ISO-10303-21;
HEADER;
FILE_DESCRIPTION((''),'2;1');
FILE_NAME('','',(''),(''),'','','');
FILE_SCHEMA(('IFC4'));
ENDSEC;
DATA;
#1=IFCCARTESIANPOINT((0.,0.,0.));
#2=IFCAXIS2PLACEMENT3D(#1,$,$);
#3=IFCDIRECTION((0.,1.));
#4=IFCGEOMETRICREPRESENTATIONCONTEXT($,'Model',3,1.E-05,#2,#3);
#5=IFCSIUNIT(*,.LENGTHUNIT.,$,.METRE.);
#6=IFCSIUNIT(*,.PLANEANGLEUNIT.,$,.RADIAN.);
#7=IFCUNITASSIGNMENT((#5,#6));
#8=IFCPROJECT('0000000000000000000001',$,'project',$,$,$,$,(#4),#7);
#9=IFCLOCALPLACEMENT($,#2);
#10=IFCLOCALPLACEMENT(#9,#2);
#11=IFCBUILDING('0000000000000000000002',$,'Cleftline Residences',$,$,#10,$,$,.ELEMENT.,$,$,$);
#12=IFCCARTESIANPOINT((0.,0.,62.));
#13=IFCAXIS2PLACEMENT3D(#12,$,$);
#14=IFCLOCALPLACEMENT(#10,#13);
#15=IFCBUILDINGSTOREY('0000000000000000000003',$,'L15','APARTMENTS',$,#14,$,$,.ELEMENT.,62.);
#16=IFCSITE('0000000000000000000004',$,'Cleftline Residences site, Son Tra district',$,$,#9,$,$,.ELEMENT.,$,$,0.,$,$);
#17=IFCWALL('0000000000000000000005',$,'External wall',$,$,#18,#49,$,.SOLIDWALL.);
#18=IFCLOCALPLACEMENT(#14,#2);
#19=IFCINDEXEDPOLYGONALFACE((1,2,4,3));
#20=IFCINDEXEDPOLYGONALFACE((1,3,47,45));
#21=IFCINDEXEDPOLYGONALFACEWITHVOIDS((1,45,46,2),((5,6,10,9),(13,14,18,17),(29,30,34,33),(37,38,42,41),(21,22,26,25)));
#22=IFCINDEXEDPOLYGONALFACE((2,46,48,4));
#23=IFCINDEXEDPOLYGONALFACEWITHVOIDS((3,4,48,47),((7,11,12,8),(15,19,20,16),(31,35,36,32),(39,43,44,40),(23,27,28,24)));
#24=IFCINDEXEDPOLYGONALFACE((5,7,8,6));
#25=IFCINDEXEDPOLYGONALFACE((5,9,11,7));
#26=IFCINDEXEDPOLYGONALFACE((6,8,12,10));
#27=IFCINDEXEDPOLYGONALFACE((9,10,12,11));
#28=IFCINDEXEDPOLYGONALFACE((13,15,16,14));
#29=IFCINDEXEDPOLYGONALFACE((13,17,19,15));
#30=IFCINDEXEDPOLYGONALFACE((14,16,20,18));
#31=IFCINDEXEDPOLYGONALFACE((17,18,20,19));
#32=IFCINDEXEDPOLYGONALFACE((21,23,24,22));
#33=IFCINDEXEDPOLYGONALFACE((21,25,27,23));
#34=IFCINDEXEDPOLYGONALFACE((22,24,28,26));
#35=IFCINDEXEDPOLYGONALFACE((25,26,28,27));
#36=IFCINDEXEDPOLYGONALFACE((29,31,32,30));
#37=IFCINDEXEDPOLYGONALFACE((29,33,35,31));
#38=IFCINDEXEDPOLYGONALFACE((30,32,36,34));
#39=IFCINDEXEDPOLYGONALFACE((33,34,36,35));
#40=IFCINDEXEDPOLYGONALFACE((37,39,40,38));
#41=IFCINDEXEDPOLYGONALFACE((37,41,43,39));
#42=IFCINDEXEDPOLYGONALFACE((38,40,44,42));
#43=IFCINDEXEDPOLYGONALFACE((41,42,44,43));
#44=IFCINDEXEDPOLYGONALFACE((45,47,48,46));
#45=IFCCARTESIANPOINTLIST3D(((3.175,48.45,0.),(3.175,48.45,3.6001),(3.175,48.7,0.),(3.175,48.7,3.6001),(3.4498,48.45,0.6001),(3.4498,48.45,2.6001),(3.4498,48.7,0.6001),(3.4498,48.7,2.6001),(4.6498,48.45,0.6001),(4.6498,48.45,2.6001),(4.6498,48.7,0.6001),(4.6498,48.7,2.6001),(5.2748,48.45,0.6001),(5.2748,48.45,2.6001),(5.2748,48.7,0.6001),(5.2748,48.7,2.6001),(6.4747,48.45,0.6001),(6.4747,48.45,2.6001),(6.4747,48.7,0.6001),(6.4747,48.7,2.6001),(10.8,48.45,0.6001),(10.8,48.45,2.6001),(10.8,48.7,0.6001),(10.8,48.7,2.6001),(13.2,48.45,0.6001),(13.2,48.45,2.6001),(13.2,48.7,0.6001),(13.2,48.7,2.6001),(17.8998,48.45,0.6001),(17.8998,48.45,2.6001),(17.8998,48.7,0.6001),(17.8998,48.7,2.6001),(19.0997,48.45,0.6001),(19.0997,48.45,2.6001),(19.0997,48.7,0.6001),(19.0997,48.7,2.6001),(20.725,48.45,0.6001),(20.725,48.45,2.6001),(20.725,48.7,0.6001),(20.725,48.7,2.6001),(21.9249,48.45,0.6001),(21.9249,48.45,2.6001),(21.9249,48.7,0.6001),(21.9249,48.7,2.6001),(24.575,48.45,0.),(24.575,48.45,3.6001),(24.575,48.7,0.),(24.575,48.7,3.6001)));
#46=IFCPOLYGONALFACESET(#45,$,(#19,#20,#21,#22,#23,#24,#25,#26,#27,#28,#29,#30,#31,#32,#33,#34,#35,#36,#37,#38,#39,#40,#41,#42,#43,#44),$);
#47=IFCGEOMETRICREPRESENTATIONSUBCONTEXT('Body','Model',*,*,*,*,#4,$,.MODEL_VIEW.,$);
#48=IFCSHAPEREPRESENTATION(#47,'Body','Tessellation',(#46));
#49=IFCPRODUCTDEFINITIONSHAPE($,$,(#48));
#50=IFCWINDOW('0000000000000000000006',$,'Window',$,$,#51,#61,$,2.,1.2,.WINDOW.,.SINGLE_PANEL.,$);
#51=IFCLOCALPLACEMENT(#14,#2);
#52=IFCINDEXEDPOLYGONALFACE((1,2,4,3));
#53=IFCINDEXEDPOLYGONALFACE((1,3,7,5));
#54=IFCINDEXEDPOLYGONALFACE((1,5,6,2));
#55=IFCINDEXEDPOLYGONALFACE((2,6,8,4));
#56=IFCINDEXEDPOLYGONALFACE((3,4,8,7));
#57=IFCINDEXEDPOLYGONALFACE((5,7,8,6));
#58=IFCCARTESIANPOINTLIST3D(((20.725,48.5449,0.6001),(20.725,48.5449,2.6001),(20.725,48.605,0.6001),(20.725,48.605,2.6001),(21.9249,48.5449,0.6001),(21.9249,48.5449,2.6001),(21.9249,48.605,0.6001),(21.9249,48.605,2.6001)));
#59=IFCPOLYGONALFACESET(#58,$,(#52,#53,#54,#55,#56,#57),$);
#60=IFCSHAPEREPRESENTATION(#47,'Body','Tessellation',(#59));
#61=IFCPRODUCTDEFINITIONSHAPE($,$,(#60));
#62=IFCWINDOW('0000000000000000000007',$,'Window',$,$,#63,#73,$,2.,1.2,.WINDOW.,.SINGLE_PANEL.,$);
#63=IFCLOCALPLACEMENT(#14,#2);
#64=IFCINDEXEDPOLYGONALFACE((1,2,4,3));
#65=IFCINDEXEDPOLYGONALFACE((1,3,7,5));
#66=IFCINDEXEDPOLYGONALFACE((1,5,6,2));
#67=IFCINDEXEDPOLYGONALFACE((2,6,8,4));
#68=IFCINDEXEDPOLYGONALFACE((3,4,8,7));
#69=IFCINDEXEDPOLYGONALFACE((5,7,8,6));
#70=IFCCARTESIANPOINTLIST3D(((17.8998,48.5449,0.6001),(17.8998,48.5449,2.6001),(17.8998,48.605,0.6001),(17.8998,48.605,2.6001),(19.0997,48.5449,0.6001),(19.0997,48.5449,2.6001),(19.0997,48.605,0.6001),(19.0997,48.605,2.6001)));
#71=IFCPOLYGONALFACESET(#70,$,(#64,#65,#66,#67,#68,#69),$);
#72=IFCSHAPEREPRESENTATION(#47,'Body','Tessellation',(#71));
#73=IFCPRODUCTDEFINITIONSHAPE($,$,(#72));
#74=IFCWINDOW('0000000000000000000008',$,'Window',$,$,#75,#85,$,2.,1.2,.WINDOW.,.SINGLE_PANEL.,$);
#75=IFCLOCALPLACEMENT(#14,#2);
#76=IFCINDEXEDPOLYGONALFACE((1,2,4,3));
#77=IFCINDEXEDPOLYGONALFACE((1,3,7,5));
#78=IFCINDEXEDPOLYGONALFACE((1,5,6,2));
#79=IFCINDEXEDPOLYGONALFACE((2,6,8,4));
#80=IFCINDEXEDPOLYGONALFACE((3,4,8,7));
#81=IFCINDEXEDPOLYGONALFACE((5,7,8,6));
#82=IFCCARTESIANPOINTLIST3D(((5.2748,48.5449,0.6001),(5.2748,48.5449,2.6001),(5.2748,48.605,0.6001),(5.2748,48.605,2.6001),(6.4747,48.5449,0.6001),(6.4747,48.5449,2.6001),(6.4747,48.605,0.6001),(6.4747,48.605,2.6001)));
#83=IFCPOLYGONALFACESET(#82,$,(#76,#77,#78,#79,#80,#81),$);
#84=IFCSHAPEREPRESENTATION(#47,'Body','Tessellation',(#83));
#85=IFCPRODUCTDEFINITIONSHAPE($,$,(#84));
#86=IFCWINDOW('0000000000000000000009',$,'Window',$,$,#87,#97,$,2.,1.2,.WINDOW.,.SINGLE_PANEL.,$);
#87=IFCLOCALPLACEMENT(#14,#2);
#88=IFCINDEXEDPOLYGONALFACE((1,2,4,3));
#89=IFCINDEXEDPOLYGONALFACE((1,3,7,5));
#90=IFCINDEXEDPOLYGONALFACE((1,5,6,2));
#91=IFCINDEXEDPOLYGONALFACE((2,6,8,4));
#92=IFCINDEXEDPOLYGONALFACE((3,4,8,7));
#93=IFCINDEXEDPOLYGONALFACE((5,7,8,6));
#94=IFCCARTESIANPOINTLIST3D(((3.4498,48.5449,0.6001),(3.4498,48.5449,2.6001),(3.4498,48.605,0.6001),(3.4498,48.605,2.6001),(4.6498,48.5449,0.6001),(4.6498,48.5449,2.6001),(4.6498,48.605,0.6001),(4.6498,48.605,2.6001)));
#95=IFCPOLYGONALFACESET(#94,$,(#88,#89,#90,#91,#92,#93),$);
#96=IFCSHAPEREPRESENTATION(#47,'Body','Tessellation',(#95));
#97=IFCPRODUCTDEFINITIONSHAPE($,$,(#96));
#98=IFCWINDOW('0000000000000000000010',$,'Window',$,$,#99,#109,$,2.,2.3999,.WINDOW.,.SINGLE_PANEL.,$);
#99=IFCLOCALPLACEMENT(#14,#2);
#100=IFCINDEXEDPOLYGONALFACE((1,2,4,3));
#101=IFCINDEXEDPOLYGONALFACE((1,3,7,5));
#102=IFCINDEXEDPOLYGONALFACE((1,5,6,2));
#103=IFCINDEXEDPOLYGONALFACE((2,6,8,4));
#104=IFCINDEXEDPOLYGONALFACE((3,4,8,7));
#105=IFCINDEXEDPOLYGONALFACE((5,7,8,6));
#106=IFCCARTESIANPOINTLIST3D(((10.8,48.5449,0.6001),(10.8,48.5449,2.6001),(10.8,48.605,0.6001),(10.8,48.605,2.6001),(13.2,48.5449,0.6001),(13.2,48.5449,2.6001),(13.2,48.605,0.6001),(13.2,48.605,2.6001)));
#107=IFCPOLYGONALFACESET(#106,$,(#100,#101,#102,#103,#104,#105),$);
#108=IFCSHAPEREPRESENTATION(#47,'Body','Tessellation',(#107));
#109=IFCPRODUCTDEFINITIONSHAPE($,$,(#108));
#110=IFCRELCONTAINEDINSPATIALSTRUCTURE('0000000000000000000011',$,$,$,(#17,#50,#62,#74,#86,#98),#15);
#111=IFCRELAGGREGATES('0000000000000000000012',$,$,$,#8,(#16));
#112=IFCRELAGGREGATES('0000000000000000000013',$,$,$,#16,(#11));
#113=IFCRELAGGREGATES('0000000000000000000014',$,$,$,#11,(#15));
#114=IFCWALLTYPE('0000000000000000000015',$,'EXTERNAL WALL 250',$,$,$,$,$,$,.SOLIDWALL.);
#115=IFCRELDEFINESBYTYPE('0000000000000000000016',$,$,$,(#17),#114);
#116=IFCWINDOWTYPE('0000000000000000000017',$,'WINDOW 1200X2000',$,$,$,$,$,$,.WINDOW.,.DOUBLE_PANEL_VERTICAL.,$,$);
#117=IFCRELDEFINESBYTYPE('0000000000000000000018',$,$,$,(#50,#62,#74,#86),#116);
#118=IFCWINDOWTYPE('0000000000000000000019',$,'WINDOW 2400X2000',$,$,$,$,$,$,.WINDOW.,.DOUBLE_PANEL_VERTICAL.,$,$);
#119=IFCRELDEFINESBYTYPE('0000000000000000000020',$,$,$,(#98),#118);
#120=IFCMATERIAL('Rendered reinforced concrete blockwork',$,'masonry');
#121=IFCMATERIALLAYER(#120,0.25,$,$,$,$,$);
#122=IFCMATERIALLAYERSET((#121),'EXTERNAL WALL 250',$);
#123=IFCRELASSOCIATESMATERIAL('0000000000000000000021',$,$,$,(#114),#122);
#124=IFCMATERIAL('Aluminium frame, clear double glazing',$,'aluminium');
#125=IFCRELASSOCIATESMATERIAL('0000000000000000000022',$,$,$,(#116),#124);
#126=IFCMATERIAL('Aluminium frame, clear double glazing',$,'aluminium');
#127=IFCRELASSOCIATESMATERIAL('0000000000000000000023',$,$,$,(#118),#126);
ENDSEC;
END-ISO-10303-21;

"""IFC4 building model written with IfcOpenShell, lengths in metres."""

from ifc_helpers import new_model, si_unit, direction, frame, frame_2d, origin, place, context, subcontext, project, spatial, rectangle, extrude, material, layer, layer_set, type_object, element, fill, save


model = new_model("IFC4")

# Units and contexts
model_context = context("Model", 3, precision=1e-05, world=origin(), true_north=direction((0.0, 1.0)))
body_context = subcontext(model_context, "Body", "Model", "MODEL_VIEW")
ifc_project = project(units=[si_unit("LENGTHUNIT", "METRE"), si_unit("PLANEANGLEUNIT", "RADIAN")], contexts=[model_context])

# Site, building, storey
site_placement = place(None, origin())
site = spatial("IfcSite", under=ifc_project, at=site_placement, Name="Cleftline Residences site, Son Tra district", CompositionType="ELEMENT", RefElevation=0.0)
building_placement = place(site_placement, origin())
building = spatial("IfcBuilding", under=site, at=building_placement, Name="Cleftline Residences", CompositionType="ELEMENT")
storey_placement = place(building_placement, frame((0.0, 0.0, 62.0)))
storey = spatial("IfcBuildingStorey", under=building, at=storey_placement, Name="L15", Description="APARTMENTS", CompositionType="ELEMENT", Elevation=62.0)

# Wall, openings, windows
ifc_material_1 = material(Name="Rendered reinforced concrete blockwork", Category="masonry")
ifc_layer_1 = layer(ifc_material_1, 0.25)
ifc_layer_set_1 = layer_set([ifc_layer_1], Name="EXTERNAL WALL 250")
wall_type = type_object("IfcWallType", Name="EXTERNAL WALL 250", PredefinedType="SOLIDWALL", material=ifc_layer_set_1)
wall_placement = place(storey_placement, frame((24.575, 48.575, 0.0), z_axis=(0.0, 0.0, 1.0), x_axis=(-1.0, 0.0, 0.0)))
wall = element("IfcWall", 1, at=wall_placement, inside=storey, type_object=wall_type, Name="External wall", PredefinedType="SOLIDWALL", context=body_context, shape_type="SweptSolid", body=[
    extrude(rectangle(XDim=21.3999, YDim=0.25, at=frame_2d((10.7, 0.0))), origin(), (0.0, 0.0, 1.0), 3.6001),
])
opening_1_placement = place(wall_placement, frame((2.6499, 0.0, 0.6001)))
opening_1 = element("IfcOpeningElement", 2, at=opening_1_placement, cuts=wall, PredefinedType="OPENING", context=body_context, shape_type="SweptSolid", body=[
    extrude(rectangle(XDim=1.2, YDim=2.0, at=frame_2d((0.6001, 1.0))), frame((0.0, 0.135, 0.0), z_axis=(0.0, -1.0, 0.0), x_axis=(1.0, 0.0, 0.0)), (0.0, 0.0, 1.0), 0.27),
])
opening_2_placement = place(wall_placement, frame((5.4751, 0.0, 0.6001)))
opening_2 = element("IfcOpeningElement", 3, at=opening_2_placement, cuts=wall, PredefinedType="OPENING", context=body_context, shape_type="SweptSolid", body=[
    extrude(rectangle(XDim=1.2, YDim=2.0, at=frame_2d((0.6001, 1.0))), frame((0.0, 0.135, 0.0), z_axis=(0.0, -1.0, 0.0), x_axis=(1.0, 0.0, 0.0)), (0.0, 0.0, 1.0), 0.27),
])
opening_3_placement = place(wall_placement, frame((11.375, 0.0, 0.6001)))
opening_3 = element("IfcOpeningElement", 4, at=opening_3_placement, cuts=wall, PredefinedType="OPENING", context=body_context, shape_type="SweptSolid", body=[
    extrude(rectangle(XDim=2.3999, YDim=2.0, at=frame_2d((1.2, 1.0))), frame((0.0, 0.135, 0.0), z_axis=(0.0, -1.0, 0.0), x_axis=(1.0, 0.0, 0.0)), (0.0, 0.0, 1.0), 0.27),
])
opening_4_placement = place(wall_placement, frame((18.1001, 0.0, 0.6001)))
opening_4 = element("IfcOpeningElement", 5, at=opening_4_placement, cuts=wall, PredefinedType="OPENING", context=body_context, shape_type="SweptSolid", body=[
    extrude(rectangle(XDim=1.2, YDim=2.0, at=frame_2d((0.6001, 1.0))), frame((0.0, 0.135, 0.0), z_axis=(0.0, -1.0, 0.0), x_axis=(1.0, 0.0, 0.0)), (0.0, 0.0, 1.0), 0.27),
])
opening_5_placement = place(wall_placement, frame((19.925, 0.0, 0.6001)))
opening_5 = element("IfcOpeningElement", 6, at=opening_5_placement, cuts=wall, PredefinedType="OPENING", context=body_context, shape_type="SweptSolid", body=[
    extrude(rectangle(XDim=1.2, YDim=2.0, at=frame_2d((0.6001, 1.0))), frame((0.0, 0.135, 0.0), z_axis=(0.0, -1.0, 0.0), x_axis=(1.0, 0.0, 0.0)), (0.0, 0.0, 1.0), 0.27),
])
ifc_material_2 = material(Name="Aluminium frame, clear double glazing", Category="aluminium")
window_type_1 = type_object("IfcWindowType", Name="WINDOW 1200X2000", PartitioningType="DOUBLE_PANEL_VERTICAL", PredefinedType="WINDOW", material=ifc_material_2)
window_1_placement = place(opening_1_placement, origin())
window_1 = element("IfcWindow", 7, at=window_1_placement, inside=storey, type_object=window_type_1, Name="Window", OverallHeight=2.0, OverallWidth=1.2, PartitioningType="SINGLE_PANEL", PredefinedType="WINDOW", context=body_context, shape_type="SweptSolid", body=[
    extrude(rectangle(XDim=1.2, YDim=2.0, at=frame_2d((0.6001, 1.0))), frame((0.0, 0.03, 0.0), z_axis=(0.0, -1.0, 0.0), x_axis=(1.0, 0.0, 0.0)), (0.0, 0.0, 1.0), 0.0601),
])
fill(opening_1, window_1)
window_2_placement = place(opening_2_placement, origin())
window_2 = element("IfcWindow", 8, at=window_2_placement, inside=storey, type_object=window_type_1, Name="Window", OverallHeight=2.0, OverallWidth=1.2, PartitioningType="SINGLE_PANEL", PredefinedType="WINDOW", context=body_context, shape_type="SweptSolid", body=[
    extrude(rectangle(XDim=1.2, YDim=2.0, at=frame_2d((0.6001, 1.0))), frame((0.0, 0.03, 0.0), z_axis=(0.0, -1.0, 0.0), x_axis=(1.0, 0.0, 0.0)), (0.0, 0.0, 1.0), 0.0601),
])
fill(opening_2, window_2)
window_3_placement = place(opening_4_placement, origin())
window_3 = element("IfcWindow", 9, at=window_3_placement, inside=storey, type_object=window_type_1, Name="Window", OverallHeight=2.0, OverallWidth=1.2, PartitioningType="SINGLE_PANEL", PredefinedType="WINDOW", context=body_context, shape_type="SweptSolid", body=[
    extrude(rectangle(XDim=1.2, YDim=2.0, at=frame_2d((0.6001, 1.0))), frame((0.0, 0.03, 0.0), z_axis=(0.0, -1.0, 0.0), x_axis=(1.0, 0.0, 0.0)), (0.0, 0.0, 1.0), 0.0601),
])
fill(opening_4, window_3)
window_4_placement = place(opening_5_placement, origin())
window_4 = element("IfcWindow", 10, at=window_4_placement, inside=storey, type_object=window_type_1, Name="Window", OverallHeight=2.0, OverallWidth=1.2, PartitioningType="SINGLE_PANEL", PredefinedType="WINDOW", context=body_context, shape_type="SweptSolid", body=[
    extrude(rectangle(XDim=1.2, YDim=2.0, at=frame_2d((0.6001, 1.0))), frame((0.0, 0.03, 0.0), z_axis=(0.0, -1.0, 0.0), x_axis=(1.0, 0.0, 0.0)), (0.0, 0.0, 1.0), 0.0601),
])
fill(opening_5, window_4)
ifc_material_3 = material(Name="Aluminium frame, clear double glazing", Category="aluminium")
window_type_2 = type_object("IfcWindowType", Name="WINDOW 2400X2000", PartitioningType="DOUBLE_PANEL_VERTICAL", PredefinedType="WINDOW", material=ifc_material_3)
window_5_placement = place(opening_3_placement, origin())
window_5 = element("IfcWindow", 11, at=window_5_placement, inside=storey, type_object=window_type_2, Name="Window", OverallHeight=2.0, OverallWidth=2.3999, PartitioningType="SINGLE_PANEL", PredefinedType="WINDOW", context=body_context, shape_type="SweptSolid", body=[
    extrude(rectangle(XDim=2.3999, YDim=2.0, at=frame_2d((1.2, 1.0))), frame((0.0, 0.03, 0.0), z_axis=(0.0, -1.0, 0.0), x_axis=(1.0, 0.0, 0.0)), (0.0, 0.0, 1.0), 0.0601),
])
fill(opening_3, window_5)

save(model, "model.ifc")
